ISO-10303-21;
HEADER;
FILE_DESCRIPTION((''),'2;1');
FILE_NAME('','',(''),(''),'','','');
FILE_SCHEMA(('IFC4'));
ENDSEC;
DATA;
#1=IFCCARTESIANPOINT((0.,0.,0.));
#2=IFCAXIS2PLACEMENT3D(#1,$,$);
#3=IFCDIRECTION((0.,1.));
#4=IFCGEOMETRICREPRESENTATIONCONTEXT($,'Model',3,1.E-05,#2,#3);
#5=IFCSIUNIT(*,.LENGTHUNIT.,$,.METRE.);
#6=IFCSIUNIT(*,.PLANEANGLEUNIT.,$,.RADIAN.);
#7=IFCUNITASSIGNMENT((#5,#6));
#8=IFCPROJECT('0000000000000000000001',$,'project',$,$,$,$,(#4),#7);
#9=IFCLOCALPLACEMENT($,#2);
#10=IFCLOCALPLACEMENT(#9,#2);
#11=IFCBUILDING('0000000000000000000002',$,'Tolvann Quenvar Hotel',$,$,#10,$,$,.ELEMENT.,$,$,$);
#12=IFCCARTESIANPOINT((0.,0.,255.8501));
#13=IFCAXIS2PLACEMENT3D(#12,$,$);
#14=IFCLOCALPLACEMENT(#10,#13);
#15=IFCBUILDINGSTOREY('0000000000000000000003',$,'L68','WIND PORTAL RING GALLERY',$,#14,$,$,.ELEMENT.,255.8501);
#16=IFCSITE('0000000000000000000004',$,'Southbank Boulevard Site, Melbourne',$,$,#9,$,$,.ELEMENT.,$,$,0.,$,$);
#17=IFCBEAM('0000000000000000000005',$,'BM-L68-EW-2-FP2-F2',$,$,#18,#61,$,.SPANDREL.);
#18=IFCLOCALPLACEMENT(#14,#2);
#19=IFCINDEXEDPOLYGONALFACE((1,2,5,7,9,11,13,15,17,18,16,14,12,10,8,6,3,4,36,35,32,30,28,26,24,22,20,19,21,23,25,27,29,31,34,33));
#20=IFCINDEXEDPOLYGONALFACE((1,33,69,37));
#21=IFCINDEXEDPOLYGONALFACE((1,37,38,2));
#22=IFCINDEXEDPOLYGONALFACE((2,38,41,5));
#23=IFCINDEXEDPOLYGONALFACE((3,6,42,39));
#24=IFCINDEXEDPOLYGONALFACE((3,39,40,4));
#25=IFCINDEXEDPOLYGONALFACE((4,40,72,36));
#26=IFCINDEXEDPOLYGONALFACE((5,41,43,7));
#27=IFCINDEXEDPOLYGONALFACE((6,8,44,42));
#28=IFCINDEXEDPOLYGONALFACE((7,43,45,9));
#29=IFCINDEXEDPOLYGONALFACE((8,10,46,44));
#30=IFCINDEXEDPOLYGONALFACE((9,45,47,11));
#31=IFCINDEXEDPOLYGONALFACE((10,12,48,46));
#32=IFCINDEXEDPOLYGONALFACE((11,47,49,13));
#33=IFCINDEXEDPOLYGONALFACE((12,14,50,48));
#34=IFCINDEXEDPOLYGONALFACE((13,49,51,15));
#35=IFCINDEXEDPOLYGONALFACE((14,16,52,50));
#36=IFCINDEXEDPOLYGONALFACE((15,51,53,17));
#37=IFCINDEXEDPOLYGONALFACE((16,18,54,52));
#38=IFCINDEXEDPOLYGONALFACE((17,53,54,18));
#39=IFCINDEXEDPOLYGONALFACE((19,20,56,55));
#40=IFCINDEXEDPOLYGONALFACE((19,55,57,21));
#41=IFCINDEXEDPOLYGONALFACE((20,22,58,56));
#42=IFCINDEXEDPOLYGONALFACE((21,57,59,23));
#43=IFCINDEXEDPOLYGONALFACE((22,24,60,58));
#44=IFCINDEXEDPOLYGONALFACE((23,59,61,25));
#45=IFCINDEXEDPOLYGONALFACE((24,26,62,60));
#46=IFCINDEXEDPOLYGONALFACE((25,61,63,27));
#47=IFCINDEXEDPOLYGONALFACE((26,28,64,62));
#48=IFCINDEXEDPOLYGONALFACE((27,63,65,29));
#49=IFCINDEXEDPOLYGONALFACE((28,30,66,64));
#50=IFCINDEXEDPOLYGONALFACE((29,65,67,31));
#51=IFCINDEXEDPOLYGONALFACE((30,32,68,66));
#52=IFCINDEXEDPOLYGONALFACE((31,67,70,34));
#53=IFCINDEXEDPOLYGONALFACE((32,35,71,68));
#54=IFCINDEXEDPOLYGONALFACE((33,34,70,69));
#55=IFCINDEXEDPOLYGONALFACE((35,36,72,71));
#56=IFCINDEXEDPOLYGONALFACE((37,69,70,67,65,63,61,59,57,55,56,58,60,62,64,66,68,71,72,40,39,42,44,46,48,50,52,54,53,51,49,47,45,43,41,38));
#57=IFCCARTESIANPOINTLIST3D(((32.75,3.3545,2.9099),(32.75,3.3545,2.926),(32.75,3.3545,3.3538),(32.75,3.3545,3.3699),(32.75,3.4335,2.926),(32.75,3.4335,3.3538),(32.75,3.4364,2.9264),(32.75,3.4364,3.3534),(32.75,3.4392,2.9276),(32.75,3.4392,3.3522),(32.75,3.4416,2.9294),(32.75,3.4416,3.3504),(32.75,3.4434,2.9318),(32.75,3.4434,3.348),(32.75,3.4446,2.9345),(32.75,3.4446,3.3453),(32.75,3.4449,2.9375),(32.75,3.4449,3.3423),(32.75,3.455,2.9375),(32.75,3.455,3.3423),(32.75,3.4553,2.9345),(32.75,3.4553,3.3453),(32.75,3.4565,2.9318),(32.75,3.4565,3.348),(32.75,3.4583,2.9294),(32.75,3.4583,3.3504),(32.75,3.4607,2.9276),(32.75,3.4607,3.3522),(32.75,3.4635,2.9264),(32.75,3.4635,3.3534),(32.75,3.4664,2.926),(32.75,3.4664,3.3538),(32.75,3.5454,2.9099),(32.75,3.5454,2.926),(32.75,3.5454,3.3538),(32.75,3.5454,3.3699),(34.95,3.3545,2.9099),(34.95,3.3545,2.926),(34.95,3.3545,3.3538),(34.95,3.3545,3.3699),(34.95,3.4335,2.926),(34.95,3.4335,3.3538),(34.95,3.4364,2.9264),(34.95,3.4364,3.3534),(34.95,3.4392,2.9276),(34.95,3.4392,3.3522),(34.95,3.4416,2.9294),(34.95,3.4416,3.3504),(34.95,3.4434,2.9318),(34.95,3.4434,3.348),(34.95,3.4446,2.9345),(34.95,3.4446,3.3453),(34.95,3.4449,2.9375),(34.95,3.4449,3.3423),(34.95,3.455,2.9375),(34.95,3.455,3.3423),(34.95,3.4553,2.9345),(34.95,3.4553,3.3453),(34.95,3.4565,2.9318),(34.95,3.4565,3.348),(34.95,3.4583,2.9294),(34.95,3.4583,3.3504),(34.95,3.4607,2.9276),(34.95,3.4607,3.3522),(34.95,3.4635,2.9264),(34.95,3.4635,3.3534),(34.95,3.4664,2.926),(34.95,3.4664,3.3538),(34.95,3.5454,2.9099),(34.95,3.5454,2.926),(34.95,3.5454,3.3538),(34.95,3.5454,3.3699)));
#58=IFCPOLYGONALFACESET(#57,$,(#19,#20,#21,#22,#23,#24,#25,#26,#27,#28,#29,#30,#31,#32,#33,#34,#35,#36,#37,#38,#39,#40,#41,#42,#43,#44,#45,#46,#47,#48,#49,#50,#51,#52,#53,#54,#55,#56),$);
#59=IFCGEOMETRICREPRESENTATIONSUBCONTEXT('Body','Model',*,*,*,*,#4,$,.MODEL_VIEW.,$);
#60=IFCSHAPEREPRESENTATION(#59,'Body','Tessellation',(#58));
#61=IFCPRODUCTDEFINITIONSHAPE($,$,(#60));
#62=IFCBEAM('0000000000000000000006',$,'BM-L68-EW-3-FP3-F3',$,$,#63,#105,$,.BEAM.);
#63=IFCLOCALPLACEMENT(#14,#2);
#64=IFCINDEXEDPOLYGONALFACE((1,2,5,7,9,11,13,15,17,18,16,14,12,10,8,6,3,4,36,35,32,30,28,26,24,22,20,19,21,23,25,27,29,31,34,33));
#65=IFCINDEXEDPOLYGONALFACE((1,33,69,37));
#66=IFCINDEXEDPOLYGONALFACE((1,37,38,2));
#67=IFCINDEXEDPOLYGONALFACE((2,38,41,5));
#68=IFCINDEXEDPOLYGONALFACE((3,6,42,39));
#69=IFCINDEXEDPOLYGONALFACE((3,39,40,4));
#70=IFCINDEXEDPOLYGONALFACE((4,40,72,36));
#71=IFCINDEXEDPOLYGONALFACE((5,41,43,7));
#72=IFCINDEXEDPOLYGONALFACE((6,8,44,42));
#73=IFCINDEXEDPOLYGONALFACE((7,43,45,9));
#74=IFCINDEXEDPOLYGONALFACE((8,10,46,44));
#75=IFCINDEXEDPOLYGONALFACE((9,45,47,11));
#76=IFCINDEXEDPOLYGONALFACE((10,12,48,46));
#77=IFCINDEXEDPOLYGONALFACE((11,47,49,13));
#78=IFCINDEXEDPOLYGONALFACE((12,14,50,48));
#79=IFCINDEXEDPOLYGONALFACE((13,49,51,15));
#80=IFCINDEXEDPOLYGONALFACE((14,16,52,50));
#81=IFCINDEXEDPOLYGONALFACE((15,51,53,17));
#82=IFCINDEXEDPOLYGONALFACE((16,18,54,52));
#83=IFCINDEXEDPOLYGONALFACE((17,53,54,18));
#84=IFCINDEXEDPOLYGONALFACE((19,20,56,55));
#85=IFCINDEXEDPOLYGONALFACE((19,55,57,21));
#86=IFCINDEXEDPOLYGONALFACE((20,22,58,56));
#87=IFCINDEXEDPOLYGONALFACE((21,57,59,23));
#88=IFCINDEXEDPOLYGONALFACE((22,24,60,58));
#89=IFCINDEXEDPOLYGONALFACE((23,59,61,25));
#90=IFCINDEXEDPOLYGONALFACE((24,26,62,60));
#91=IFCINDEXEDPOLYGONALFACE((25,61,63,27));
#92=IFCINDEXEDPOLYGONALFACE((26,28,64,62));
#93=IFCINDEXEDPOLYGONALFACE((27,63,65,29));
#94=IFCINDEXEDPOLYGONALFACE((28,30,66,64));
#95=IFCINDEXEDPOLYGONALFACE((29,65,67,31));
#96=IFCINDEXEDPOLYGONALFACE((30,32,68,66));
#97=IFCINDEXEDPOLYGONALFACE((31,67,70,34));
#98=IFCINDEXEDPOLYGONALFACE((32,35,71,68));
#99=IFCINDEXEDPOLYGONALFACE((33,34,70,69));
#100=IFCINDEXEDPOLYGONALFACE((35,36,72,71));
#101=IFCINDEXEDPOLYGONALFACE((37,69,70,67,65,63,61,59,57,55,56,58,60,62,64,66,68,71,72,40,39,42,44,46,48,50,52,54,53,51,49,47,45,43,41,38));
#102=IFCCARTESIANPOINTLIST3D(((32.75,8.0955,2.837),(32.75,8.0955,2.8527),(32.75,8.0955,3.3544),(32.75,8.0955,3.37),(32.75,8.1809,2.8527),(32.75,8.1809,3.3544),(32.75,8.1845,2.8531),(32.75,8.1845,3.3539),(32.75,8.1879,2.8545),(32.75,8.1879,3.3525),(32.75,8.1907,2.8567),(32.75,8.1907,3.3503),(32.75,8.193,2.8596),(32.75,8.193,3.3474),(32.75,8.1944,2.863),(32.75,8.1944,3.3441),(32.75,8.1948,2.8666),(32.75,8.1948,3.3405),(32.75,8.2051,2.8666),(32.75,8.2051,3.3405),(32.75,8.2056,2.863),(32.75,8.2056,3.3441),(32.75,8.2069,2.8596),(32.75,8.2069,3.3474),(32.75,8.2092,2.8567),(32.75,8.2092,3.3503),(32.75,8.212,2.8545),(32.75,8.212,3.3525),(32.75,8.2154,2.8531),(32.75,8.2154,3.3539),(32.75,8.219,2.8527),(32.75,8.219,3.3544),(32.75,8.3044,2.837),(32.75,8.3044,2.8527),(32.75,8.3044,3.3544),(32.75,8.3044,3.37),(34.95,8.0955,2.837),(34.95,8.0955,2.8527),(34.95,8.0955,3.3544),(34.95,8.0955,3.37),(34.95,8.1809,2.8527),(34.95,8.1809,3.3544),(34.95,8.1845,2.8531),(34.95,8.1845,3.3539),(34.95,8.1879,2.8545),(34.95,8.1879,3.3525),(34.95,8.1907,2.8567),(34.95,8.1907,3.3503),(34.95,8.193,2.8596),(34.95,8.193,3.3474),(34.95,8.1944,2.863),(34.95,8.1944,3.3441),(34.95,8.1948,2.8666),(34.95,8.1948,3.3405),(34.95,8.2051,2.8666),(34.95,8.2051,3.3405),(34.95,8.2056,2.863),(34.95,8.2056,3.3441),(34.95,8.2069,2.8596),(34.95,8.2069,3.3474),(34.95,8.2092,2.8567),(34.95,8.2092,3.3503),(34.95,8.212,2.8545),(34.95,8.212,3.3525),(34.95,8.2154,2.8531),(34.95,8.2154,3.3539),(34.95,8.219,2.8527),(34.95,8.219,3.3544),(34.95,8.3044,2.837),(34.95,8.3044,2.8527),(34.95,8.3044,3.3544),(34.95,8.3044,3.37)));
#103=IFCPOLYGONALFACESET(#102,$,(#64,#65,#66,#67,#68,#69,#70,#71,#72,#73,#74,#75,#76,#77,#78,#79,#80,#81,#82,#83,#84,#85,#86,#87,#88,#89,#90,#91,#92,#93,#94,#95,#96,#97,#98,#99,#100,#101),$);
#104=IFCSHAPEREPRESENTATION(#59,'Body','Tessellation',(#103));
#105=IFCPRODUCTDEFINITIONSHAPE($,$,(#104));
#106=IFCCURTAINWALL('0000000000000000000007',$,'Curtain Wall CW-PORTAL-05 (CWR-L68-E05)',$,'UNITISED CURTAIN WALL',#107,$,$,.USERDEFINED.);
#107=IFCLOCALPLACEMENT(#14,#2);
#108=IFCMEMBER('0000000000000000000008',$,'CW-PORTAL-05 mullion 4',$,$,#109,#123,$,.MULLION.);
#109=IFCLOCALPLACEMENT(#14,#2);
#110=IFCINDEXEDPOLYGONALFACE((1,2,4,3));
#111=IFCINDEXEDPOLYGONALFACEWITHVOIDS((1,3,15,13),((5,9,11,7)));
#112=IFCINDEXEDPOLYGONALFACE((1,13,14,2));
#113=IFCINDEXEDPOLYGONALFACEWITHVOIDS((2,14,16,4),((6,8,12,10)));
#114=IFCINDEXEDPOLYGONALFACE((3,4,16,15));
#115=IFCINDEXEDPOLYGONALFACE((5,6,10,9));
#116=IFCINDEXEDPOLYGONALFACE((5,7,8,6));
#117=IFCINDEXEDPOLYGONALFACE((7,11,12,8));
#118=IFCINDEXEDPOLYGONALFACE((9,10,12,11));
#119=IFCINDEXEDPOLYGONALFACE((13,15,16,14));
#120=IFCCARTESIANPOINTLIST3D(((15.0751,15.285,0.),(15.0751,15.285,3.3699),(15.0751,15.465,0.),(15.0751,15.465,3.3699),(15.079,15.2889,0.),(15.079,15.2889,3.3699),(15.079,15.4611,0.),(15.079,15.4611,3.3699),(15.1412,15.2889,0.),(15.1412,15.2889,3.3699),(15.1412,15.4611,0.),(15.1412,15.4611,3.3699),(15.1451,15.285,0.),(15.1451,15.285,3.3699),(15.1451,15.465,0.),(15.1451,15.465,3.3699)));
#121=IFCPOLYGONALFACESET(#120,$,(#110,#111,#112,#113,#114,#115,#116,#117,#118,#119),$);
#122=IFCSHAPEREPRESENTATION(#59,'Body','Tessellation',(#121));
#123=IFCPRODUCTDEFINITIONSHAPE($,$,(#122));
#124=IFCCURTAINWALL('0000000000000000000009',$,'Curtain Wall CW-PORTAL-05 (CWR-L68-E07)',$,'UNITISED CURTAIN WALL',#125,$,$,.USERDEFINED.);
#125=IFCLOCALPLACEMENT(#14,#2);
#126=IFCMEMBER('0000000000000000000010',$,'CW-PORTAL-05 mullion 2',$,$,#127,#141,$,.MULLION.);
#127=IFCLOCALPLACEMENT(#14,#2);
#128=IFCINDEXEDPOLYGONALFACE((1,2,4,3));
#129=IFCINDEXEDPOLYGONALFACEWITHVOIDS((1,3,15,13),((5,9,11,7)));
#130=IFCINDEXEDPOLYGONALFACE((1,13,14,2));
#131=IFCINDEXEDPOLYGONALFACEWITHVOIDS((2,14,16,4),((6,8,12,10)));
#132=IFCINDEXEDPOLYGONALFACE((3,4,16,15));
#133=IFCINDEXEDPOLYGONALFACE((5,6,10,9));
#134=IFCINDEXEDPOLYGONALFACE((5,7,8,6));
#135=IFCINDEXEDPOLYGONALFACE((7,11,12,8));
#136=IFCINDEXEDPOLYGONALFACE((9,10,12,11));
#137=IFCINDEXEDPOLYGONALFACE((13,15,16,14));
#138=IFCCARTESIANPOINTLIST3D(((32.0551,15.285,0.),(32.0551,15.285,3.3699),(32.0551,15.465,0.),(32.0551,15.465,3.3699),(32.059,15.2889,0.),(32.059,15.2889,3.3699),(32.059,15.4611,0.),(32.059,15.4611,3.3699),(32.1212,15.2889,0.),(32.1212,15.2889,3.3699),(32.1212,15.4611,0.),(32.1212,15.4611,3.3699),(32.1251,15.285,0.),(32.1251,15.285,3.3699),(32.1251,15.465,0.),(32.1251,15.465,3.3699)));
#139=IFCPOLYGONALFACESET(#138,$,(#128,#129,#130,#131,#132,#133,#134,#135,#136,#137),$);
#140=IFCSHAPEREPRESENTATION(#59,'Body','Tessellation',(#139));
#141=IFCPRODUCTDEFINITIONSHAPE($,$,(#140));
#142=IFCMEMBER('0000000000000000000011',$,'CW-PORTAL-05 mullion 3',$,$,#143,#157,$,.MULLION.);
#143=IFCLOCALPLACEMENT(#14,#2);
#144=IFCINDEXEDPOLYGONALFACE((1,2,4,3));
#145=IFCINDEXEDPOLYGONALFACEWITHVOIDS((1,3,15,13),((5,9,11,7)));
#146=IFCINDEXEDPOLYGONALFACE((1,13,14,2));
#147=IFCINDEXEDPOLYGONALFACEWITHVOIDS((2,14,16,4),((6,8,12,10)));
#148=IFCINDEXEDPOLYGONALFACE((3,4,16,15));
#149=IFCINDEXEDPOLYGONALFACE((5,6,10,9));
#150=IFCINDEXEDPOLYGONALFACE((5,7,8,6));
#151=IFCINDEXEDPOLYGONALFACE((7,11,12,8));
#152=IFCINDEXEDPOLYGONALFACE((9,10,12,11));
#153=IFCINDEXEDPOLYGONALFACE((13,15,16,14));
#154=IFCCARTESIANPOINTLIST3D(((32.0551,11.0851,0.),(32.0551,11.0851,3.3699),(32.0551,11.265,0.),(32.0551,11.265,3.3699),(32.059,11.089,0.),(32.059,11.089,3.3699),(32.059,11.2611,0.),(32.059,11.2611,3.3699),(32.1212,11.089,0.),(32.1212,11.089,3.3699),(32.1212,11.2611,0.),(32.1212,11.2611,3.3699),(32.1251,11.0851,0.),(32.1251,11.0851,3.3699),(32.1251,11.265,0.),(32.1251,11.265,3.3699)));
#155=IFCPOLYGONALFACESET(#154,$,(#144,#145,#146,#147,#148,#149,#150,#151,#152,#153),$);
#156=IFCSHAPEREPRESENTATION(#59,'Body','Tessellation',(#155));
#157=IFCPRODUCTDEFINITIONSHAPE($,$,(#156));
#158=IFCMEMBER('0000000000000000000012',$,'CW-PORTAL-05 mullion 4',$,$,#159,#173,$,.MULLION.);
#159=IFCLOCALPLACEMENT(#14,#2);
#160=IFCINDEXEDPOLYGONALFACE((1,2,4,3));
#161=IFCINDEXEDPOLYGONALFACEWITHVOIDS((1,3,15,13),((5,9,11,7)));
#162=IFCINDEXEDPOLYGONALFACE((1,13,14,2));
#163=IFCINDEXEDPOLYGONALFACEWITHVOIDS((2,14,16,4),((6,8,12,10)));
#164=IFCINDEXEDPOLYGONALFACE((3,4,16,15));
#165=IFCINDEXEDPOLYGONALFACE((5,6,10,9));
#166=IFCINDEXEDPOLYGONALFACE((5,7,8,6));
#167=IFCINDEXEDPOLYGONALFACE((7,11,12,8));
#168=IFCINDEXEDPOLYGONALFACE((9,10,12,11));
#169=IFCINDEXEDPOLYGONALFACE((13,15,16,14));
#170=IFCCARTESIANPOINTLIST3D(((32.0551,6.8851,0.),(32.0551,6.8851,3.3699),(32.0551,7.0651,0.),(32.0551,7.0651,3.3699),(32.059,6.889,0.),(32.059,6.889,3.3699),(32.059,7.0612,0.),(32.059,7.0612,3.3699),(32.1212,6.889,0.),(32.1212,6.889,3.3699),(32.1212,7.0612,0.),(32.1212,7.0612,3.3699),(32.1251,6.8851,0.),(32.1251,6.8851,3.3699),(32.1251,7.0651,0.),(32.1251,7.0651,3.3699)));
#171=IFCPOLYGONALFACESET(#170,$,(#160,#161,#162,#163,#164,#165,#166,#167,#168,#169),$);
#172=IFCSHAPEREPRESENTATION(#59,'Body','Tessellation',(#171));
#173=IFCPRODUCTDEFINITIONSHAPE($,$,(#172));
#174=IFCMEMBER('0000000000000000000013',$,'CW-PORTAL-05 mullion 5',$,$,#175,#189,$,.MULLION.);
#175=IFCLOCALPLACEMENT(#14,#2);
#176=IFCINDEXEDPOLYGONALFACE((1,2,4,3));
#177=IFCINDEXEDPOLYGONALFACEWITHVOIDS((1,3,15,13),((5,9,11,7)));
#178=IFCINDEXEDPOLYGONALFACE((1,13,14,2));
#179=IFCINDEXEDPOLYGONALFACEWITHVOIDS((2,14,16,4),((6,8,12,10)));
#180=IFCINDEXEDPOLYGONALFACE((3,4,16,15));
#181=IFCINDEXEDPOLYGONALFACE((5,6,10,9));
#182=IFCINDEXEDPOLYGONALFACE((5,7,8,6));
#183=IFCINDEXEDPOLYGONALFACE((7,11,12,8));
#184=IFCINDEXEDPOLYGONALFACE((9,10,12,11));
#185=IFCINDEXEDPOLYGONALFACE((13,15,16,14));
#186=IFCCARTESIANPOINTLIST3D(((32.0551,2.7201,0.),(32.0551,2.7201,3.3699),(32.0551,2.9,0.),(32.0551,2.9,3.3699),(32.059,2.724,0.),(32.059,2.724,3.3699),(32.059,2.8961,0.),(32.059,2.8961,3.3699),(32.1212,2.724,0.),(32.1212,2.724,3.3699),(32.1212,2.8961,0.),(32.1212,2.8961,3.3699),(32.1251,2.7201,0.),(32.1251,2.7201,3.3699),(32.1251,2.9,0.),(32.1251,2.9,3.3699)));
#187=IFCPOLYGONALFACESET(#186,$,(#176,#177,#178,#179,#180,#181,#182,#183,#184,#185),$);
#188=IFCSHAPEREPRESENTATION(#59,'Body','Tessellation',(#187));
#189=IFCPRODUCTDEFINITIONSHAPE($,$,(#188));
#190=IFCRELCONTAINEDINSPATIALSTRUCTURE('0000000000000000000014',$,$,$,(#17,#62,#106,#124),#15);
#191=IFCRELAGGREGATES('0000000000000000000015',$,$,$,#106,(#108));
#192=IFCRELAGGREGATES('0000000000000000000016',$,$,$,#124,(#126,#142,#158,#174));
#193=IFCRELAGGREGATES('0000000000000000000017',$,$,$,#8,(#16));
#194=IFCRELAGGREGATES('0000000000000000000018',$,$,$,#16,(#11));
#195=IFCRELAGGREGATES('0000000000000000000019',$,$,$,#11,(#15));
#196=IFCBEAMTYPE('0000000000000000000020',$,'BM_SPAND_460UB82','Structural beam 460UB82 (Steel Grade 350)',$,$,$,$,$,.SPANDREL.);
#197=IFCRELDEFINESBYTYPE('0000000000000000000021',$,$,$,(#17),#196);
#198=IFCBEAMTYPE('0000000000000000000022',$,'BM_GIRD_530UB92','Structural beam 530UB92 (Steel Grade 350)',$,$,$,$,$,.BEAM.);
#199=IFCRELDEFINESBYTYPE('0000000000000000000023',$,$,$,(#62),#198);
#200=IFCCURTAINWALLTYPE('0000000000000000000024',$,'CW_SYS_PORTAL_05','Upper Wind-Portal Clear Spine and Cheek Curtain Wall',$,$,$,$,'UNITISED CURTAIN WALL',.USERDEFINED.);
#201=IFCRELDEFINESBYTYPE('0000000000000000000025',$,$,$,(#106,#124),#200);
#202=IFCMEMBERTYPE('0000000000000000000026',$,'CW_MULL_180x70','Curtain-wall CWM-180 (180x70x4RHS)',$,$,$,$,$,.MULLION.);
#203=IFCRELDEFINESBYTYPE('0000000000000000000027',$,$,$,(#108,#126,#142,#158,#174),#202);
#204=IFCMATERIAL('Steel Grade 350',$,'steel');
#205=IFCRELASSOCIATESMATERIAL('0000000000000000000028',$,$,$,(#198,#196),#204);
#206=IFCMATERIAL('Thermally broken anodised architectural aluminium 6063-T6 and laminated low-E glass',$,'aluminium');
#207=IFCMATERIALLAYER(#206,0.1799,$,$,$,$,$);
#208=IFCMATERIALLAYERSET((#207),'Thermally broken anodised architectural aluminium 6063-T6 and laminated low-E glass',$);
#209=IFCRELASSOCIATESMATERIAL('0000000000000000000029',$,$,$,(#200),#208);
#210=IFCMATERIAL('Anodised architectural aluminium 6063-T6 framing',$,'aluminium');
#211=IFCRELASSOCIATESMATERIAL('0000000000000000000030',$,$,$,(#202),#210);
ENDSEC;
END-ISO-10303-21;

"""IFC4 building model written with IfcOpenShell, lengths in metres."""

from ifc_helpers import new_model, si_unit, direction, frame, origin, origin_2d, place, context, subcontext, project, spatial, hollow_rectangle, i_section, extrude, source, transform, mapped, material, layer, layer_set, material_profile, profile_set, type_object, type_shapes, element, aggregate, save


model = new_model("IFC4")

# Units and contexts
model_context = context("Model", 3, precision=1e-05, world=origin(), true_north=direction((0.0, 1.0)))
body_context = subcontext(model_context, "Body", "Model", "MODEL_VIEW")
ifc_project = project(units=[si_unit("LENGTHUNIT", "METRE"), si_unit("PLANEANGLEUNIT", "RADIAN")], contexts=[model_context])

# Site, building, storey
site_placement = place(None, origin())
site = spatial("IfcSite", under=ifc_project, at=site_placement, Name="Southbank Boulevard Site, Melbourne", CompositionType="ELEMENT", RefElevation=0.0)
building_placement = place(site_placement, origin())
building = spatial("IfcBuilding", under=site, at=building_placement, Name="Tolvann Quenvar Hotel", CompositionType="ELEMENT")
storey_placement = place(building_placement, frame((0.0, 0.0, 255.8501)))
storey = spatial("IfcBuildingStorey", under=building, at=storey_placement, Name="L68", Description="WIND PORTAL RING GALLERY", CompositionType="ELEMENT", Elevation=255.8501)

# Shared definitions
ifc_material_1 = material(Name="Steel Grade 350", Category="steel")

# Beams
ifc_material_profile_1 = material_profile(ifc_material_1, i_section(OverallWidth=0.209, OverallDepth=0.533, WebThickness=0.0103, FlangeThickness=0.0156, FilletRadius=0.0139, at=origin_2d()), Name="530UB92")
ifc_profile_set_1 = profile_set([ifc_material_profile_1], Name="Steel Grade 350")
beam_type_1 = type_object("IfcBeamType", Name="BM_GIRD_530UB92", Description="Structural beam 530UB92 (Steel Grade 350)", PredefinedType="BEAM", material=ifc_profile_set_1)
ifc_material_profile_2 = material_profile(ifc_material_1, i_section(OverallWidth=0.1909, OverallDepth=0.46, WebThickness=0.01, FlangeThickness=0.0161, FilletRadius=0.0115, at=origin_2d()), Name="460UB82")
ifc_profile_set_2 = profile_set([ifc_material_profile_2], Name="Steel Grade 350")
beam_type_2 = type_object("IfcBeamType", Name="BM_SPAND_460UB82", Description="Structural beam 460UB82 (Steel Grade 350)", PredefinedType="SPANDREL", material=ifc_profile_set_2)
shared_shape_1 = source(origin(), body_context, "Body", "SweptSolid", [
    extrude(i_section(OverallWidth=0.1909, OverallDepth=0.46, WebThickness=0.01, FlangeThickness=0.0161, FilletRadius=0.0115, at=origin_2d()), origin(), (0.0, 0.0, 1.0), 2.2),
])
type_shapes(beam_type_2, [shared_shape_1])
beam_1_placement = place(storey_placement, frame((32.75, 3.45, 3.1399), z_axis=(1.0, 0.0, 0.0), x_axis=(0.0, 1.0, 0.0)))
element("IfcBeam", 1, at=beam_1_placement, inside=storey, type_object=beam_type_2, Name="BM-L68-EW-2-FP2-F2", PredefinedType="SPANDREL", context=body_context, shape_type="MappedRepresentation", body=[
    mapped(shared_shape_1, transform((0.0, 0.0, 0.0), x_axis=(1.0, 0.0, 0.0), y_axis=(0.0, 1.0, 0.0), z_axis=(0.0, 0.0, 1.0), scale=1.0)),
])
shared_shape_2 = source(origin(), body_context, "Body", "SweptSolid", [
    extrude(i_section(OverallWidth=0.209, OverallDepth=0.533, WebThickness=0.0103, FlangeThickness=0.0156, FilletRadius=0.0139, at=origin_2d()), origin(), (0.0, 0.0, 1.0), 2.2),
])
beam_2_placement = place(storey_placement, frame((32.75, 8.2, 3.1035), z_axis=(1.0, 0.0, 0.0), x_axis=(0.0, 1.0, 0.0)))
element("IfcBeam", 2, at=beam_2_placement, inside=storey, type_object=beam_type_1, Name="BM-L68-EW-3-FP3-F3", PredefinedType="BEAM", context=body_context, shape_type="MappedRepresentation", body=[
    mapped(shared_shape_2, transform((0.0, 0.0, 0.0), x_axis=(1.0, 0.0, 0.0), y_axis=(0.0, 1.0, 0.0), z_axis=(0.0, 0.0, 1.0), scale=1.0)),
])

# Curtain wall, member
ifc_material_2 = material(Name="Thermally broken anodised architectural aluminium 6063-T6 and laminated low-E glass", Category="aluminium")
ifc_layer_1 = layer(ifc_material_2, 0.1799)
ifc_layer_set_1 = layer_set([ifc_layer_1], Name="Thermally broken anodised architectural aluminium 6063-T6 and laminated low-E glass")
curtain_wall_type = type_object("IfcCurtainWallType", Name="CW_SYS_PORTAL_05", Description="Upper Wind-Portal Clear Spine and Cheek Curtain Wall", ElementType="UNITISED CURTAIN WALL", PredefinedType="USERDEFINED", material=ifc_layer_set_1)
curtain_wall_1_placement = place(storey_placement, origin())
curtain_wall_1 = element("IfcCurtainWall", 3, at=curtain_wall_1_placement, inside=storey, type_object=curtain_wall_type, Name="Curtain Wall CW-PORTAL-05 (CWR-L68-E05)", ObjectType="UNITISED CURTAIN WALL", PredefinedType="USERDEFINED")
ifc_material_3 = material(Name="Anodised architectural aluminium 6063-T6 framing", Category="aluminium")
ifc_material_profile_3 = material_profile(ifc_material_3, hollow_rectangle(XDim=0.0701, YDim=0.1799, WallThickness=0.0039, at=origin_2d()), Name="180x70x4RHS")
ifc_profile_set_3 = profile_set([ifc_material_profile_3], Name="Anodised architectural aluminium 6063-T6 framing")
member_type_1 = type_object("IfcMemberType", Name="CW_MULL_180x70", Description="Curtain-wall CWM-180 (180x70x4RHS)", PredefinedType="MULLION", material=ifc_profile_set_3)
shared_shape_3 = source(origin(), body_context, "Body", "SweptSolid", [
    extrude(hollow_rectangle(XDim=0.0701, YDim=0.1799, WallThickness=0.0039, at=origin_2d()), origin(), (0.0, 0.0, 1.0), 3.3699),
])
type_shapes(member_type_1, [shared_shape_3])
member_1_placement = place(storey_placement, frame((15.1101, 15.375, 0.0), z_axis=(0.0, 0.0, 1.0), x_axis=(-1.0, 0.0, 0.0)))
member_1 = element("IfcMember", 4, at=member_1_placement, type_object=member_type_1, Name="CW-PORTAL-05 mullion 4", PredefinedType="MULLION", context=body_context, shape_type="MappedRepresentation", body=[
    mapped(shared_shape_3, transform((0.0, 0.0, 0.0), x_axis=(1.0, 0.0, 0.0), y_axis=(0.0, 1.0, 0.0), z_axis=(0.0, 0.0, 1.0), scale=1.0)),
])

# Curtain wall, members
curtain_wall_2_placement = place(storey_placement, origin())
curtain_wall_2 = element("IfcCurtainWall", 5, at=curtain_wall_2_placement, inside=storey, type_object=curtain_wall_type, Name="Curtain Wall CW-PORTAL-05 (CWR-L68-E07)", ObjectType="UNITISED CURTAIN WALL", PredefinedType="USERDEFINED")
member_2_placement = place(storey_placement, frame((32.0901, 15.375, 0.0), z_axis=(0.0, 0.0, 1.0), x_axis=(1.0, 0.0, 0.0)))
member_2 = element("IfcMember", 6, at=member_2_placement, type_object=member_type_1, Name="CW-PORTAL-05 mullion 2", PredefinedType="MULLION", context=body_context, shape_type="MappedRepresentation", body=[
    mapped(shared_shape_3, transform((0.0, 0.0, 0.0), x_axis=(1.0, 0.0, 0.0), y_axis=(0.0, 1.0, 0.0), z_axis=(0.0, 0.0, 1.0), scale=1.0)),
])
member_3_placement = place(storey_placement, frame((32.0901, 11.175, 0.0), z_axis=(0.0, 0.0, 1.0), x_axis=(1.0, 0.0, 0.0)))
member_3 = element("IfcMember", 7, at=member_3_placement, type_object=member_type_1, Name="CW-PORTAL-05 mullion 3", PredefinedType="MULLION", context=body_context, shape_type="MappedRepresentation", body=[
    mapped(shared_shape_3, transform((0.0, 0.0, 0.0), x_axis=(1.0, 0.0, 0.0), y_axis=(0.0, 1.0, 0.0), z_axis=(0.0, 0.0, 1.0), scale=1.0)),
])
member_4_placement = place(storey_placement, frame((32.0901, 6.9751, 0.0), z_axis=(0.0, 0.0, 1.0), x_axis=(1.0, 0.0, 0.0)))
member_4 = element("IfcMember", 8, at=member_4_placement, type_object=member_type_1, Name="CW-PORTAL-05 mullion 4", PredefinedType="MULLION", context=body_context, shape_type="MappedRepresentation", body=[
    mapped(shared_shape_3, transform((0.0, 0.0, 0.0), x_axis=(1.0, 0.0, 0.0), y_axis=(0.0, 1.0, 0.0), z_axis=(0.0, 0.0, 1.0), scale=1.0)),
])
member_5_placement = place(storey_placement, frame((32.0901, 2.8101, 0.0), z_axis=(0.0, 0.0, 1.0), x_axis=(1.0, 0.0, 0.0)))
member_5 = element("IfcMember", 9, at=member_5_placement, type_object=member_type_1, Name="CW-PORTAL-05 mullion 5", PredefinedType="MULLION", context=body_context, shape_type="MappedRepresentation", body=[
    mapped(shared_shape_3, transform((0.0, 0.0, 0.0), x_axis=(1.0, 0.0, 0.0), y_axis=(0.0, 1.0, 0.0), z_axis=(0.0, 0.0, 1.0), scale=1.0)),
])

aggregate(curtain_wall_1, [member_1])
aggregate(curtain_wall_2, [member_2, member_3, member_4, member_5])

save(model, "model.ifc")
